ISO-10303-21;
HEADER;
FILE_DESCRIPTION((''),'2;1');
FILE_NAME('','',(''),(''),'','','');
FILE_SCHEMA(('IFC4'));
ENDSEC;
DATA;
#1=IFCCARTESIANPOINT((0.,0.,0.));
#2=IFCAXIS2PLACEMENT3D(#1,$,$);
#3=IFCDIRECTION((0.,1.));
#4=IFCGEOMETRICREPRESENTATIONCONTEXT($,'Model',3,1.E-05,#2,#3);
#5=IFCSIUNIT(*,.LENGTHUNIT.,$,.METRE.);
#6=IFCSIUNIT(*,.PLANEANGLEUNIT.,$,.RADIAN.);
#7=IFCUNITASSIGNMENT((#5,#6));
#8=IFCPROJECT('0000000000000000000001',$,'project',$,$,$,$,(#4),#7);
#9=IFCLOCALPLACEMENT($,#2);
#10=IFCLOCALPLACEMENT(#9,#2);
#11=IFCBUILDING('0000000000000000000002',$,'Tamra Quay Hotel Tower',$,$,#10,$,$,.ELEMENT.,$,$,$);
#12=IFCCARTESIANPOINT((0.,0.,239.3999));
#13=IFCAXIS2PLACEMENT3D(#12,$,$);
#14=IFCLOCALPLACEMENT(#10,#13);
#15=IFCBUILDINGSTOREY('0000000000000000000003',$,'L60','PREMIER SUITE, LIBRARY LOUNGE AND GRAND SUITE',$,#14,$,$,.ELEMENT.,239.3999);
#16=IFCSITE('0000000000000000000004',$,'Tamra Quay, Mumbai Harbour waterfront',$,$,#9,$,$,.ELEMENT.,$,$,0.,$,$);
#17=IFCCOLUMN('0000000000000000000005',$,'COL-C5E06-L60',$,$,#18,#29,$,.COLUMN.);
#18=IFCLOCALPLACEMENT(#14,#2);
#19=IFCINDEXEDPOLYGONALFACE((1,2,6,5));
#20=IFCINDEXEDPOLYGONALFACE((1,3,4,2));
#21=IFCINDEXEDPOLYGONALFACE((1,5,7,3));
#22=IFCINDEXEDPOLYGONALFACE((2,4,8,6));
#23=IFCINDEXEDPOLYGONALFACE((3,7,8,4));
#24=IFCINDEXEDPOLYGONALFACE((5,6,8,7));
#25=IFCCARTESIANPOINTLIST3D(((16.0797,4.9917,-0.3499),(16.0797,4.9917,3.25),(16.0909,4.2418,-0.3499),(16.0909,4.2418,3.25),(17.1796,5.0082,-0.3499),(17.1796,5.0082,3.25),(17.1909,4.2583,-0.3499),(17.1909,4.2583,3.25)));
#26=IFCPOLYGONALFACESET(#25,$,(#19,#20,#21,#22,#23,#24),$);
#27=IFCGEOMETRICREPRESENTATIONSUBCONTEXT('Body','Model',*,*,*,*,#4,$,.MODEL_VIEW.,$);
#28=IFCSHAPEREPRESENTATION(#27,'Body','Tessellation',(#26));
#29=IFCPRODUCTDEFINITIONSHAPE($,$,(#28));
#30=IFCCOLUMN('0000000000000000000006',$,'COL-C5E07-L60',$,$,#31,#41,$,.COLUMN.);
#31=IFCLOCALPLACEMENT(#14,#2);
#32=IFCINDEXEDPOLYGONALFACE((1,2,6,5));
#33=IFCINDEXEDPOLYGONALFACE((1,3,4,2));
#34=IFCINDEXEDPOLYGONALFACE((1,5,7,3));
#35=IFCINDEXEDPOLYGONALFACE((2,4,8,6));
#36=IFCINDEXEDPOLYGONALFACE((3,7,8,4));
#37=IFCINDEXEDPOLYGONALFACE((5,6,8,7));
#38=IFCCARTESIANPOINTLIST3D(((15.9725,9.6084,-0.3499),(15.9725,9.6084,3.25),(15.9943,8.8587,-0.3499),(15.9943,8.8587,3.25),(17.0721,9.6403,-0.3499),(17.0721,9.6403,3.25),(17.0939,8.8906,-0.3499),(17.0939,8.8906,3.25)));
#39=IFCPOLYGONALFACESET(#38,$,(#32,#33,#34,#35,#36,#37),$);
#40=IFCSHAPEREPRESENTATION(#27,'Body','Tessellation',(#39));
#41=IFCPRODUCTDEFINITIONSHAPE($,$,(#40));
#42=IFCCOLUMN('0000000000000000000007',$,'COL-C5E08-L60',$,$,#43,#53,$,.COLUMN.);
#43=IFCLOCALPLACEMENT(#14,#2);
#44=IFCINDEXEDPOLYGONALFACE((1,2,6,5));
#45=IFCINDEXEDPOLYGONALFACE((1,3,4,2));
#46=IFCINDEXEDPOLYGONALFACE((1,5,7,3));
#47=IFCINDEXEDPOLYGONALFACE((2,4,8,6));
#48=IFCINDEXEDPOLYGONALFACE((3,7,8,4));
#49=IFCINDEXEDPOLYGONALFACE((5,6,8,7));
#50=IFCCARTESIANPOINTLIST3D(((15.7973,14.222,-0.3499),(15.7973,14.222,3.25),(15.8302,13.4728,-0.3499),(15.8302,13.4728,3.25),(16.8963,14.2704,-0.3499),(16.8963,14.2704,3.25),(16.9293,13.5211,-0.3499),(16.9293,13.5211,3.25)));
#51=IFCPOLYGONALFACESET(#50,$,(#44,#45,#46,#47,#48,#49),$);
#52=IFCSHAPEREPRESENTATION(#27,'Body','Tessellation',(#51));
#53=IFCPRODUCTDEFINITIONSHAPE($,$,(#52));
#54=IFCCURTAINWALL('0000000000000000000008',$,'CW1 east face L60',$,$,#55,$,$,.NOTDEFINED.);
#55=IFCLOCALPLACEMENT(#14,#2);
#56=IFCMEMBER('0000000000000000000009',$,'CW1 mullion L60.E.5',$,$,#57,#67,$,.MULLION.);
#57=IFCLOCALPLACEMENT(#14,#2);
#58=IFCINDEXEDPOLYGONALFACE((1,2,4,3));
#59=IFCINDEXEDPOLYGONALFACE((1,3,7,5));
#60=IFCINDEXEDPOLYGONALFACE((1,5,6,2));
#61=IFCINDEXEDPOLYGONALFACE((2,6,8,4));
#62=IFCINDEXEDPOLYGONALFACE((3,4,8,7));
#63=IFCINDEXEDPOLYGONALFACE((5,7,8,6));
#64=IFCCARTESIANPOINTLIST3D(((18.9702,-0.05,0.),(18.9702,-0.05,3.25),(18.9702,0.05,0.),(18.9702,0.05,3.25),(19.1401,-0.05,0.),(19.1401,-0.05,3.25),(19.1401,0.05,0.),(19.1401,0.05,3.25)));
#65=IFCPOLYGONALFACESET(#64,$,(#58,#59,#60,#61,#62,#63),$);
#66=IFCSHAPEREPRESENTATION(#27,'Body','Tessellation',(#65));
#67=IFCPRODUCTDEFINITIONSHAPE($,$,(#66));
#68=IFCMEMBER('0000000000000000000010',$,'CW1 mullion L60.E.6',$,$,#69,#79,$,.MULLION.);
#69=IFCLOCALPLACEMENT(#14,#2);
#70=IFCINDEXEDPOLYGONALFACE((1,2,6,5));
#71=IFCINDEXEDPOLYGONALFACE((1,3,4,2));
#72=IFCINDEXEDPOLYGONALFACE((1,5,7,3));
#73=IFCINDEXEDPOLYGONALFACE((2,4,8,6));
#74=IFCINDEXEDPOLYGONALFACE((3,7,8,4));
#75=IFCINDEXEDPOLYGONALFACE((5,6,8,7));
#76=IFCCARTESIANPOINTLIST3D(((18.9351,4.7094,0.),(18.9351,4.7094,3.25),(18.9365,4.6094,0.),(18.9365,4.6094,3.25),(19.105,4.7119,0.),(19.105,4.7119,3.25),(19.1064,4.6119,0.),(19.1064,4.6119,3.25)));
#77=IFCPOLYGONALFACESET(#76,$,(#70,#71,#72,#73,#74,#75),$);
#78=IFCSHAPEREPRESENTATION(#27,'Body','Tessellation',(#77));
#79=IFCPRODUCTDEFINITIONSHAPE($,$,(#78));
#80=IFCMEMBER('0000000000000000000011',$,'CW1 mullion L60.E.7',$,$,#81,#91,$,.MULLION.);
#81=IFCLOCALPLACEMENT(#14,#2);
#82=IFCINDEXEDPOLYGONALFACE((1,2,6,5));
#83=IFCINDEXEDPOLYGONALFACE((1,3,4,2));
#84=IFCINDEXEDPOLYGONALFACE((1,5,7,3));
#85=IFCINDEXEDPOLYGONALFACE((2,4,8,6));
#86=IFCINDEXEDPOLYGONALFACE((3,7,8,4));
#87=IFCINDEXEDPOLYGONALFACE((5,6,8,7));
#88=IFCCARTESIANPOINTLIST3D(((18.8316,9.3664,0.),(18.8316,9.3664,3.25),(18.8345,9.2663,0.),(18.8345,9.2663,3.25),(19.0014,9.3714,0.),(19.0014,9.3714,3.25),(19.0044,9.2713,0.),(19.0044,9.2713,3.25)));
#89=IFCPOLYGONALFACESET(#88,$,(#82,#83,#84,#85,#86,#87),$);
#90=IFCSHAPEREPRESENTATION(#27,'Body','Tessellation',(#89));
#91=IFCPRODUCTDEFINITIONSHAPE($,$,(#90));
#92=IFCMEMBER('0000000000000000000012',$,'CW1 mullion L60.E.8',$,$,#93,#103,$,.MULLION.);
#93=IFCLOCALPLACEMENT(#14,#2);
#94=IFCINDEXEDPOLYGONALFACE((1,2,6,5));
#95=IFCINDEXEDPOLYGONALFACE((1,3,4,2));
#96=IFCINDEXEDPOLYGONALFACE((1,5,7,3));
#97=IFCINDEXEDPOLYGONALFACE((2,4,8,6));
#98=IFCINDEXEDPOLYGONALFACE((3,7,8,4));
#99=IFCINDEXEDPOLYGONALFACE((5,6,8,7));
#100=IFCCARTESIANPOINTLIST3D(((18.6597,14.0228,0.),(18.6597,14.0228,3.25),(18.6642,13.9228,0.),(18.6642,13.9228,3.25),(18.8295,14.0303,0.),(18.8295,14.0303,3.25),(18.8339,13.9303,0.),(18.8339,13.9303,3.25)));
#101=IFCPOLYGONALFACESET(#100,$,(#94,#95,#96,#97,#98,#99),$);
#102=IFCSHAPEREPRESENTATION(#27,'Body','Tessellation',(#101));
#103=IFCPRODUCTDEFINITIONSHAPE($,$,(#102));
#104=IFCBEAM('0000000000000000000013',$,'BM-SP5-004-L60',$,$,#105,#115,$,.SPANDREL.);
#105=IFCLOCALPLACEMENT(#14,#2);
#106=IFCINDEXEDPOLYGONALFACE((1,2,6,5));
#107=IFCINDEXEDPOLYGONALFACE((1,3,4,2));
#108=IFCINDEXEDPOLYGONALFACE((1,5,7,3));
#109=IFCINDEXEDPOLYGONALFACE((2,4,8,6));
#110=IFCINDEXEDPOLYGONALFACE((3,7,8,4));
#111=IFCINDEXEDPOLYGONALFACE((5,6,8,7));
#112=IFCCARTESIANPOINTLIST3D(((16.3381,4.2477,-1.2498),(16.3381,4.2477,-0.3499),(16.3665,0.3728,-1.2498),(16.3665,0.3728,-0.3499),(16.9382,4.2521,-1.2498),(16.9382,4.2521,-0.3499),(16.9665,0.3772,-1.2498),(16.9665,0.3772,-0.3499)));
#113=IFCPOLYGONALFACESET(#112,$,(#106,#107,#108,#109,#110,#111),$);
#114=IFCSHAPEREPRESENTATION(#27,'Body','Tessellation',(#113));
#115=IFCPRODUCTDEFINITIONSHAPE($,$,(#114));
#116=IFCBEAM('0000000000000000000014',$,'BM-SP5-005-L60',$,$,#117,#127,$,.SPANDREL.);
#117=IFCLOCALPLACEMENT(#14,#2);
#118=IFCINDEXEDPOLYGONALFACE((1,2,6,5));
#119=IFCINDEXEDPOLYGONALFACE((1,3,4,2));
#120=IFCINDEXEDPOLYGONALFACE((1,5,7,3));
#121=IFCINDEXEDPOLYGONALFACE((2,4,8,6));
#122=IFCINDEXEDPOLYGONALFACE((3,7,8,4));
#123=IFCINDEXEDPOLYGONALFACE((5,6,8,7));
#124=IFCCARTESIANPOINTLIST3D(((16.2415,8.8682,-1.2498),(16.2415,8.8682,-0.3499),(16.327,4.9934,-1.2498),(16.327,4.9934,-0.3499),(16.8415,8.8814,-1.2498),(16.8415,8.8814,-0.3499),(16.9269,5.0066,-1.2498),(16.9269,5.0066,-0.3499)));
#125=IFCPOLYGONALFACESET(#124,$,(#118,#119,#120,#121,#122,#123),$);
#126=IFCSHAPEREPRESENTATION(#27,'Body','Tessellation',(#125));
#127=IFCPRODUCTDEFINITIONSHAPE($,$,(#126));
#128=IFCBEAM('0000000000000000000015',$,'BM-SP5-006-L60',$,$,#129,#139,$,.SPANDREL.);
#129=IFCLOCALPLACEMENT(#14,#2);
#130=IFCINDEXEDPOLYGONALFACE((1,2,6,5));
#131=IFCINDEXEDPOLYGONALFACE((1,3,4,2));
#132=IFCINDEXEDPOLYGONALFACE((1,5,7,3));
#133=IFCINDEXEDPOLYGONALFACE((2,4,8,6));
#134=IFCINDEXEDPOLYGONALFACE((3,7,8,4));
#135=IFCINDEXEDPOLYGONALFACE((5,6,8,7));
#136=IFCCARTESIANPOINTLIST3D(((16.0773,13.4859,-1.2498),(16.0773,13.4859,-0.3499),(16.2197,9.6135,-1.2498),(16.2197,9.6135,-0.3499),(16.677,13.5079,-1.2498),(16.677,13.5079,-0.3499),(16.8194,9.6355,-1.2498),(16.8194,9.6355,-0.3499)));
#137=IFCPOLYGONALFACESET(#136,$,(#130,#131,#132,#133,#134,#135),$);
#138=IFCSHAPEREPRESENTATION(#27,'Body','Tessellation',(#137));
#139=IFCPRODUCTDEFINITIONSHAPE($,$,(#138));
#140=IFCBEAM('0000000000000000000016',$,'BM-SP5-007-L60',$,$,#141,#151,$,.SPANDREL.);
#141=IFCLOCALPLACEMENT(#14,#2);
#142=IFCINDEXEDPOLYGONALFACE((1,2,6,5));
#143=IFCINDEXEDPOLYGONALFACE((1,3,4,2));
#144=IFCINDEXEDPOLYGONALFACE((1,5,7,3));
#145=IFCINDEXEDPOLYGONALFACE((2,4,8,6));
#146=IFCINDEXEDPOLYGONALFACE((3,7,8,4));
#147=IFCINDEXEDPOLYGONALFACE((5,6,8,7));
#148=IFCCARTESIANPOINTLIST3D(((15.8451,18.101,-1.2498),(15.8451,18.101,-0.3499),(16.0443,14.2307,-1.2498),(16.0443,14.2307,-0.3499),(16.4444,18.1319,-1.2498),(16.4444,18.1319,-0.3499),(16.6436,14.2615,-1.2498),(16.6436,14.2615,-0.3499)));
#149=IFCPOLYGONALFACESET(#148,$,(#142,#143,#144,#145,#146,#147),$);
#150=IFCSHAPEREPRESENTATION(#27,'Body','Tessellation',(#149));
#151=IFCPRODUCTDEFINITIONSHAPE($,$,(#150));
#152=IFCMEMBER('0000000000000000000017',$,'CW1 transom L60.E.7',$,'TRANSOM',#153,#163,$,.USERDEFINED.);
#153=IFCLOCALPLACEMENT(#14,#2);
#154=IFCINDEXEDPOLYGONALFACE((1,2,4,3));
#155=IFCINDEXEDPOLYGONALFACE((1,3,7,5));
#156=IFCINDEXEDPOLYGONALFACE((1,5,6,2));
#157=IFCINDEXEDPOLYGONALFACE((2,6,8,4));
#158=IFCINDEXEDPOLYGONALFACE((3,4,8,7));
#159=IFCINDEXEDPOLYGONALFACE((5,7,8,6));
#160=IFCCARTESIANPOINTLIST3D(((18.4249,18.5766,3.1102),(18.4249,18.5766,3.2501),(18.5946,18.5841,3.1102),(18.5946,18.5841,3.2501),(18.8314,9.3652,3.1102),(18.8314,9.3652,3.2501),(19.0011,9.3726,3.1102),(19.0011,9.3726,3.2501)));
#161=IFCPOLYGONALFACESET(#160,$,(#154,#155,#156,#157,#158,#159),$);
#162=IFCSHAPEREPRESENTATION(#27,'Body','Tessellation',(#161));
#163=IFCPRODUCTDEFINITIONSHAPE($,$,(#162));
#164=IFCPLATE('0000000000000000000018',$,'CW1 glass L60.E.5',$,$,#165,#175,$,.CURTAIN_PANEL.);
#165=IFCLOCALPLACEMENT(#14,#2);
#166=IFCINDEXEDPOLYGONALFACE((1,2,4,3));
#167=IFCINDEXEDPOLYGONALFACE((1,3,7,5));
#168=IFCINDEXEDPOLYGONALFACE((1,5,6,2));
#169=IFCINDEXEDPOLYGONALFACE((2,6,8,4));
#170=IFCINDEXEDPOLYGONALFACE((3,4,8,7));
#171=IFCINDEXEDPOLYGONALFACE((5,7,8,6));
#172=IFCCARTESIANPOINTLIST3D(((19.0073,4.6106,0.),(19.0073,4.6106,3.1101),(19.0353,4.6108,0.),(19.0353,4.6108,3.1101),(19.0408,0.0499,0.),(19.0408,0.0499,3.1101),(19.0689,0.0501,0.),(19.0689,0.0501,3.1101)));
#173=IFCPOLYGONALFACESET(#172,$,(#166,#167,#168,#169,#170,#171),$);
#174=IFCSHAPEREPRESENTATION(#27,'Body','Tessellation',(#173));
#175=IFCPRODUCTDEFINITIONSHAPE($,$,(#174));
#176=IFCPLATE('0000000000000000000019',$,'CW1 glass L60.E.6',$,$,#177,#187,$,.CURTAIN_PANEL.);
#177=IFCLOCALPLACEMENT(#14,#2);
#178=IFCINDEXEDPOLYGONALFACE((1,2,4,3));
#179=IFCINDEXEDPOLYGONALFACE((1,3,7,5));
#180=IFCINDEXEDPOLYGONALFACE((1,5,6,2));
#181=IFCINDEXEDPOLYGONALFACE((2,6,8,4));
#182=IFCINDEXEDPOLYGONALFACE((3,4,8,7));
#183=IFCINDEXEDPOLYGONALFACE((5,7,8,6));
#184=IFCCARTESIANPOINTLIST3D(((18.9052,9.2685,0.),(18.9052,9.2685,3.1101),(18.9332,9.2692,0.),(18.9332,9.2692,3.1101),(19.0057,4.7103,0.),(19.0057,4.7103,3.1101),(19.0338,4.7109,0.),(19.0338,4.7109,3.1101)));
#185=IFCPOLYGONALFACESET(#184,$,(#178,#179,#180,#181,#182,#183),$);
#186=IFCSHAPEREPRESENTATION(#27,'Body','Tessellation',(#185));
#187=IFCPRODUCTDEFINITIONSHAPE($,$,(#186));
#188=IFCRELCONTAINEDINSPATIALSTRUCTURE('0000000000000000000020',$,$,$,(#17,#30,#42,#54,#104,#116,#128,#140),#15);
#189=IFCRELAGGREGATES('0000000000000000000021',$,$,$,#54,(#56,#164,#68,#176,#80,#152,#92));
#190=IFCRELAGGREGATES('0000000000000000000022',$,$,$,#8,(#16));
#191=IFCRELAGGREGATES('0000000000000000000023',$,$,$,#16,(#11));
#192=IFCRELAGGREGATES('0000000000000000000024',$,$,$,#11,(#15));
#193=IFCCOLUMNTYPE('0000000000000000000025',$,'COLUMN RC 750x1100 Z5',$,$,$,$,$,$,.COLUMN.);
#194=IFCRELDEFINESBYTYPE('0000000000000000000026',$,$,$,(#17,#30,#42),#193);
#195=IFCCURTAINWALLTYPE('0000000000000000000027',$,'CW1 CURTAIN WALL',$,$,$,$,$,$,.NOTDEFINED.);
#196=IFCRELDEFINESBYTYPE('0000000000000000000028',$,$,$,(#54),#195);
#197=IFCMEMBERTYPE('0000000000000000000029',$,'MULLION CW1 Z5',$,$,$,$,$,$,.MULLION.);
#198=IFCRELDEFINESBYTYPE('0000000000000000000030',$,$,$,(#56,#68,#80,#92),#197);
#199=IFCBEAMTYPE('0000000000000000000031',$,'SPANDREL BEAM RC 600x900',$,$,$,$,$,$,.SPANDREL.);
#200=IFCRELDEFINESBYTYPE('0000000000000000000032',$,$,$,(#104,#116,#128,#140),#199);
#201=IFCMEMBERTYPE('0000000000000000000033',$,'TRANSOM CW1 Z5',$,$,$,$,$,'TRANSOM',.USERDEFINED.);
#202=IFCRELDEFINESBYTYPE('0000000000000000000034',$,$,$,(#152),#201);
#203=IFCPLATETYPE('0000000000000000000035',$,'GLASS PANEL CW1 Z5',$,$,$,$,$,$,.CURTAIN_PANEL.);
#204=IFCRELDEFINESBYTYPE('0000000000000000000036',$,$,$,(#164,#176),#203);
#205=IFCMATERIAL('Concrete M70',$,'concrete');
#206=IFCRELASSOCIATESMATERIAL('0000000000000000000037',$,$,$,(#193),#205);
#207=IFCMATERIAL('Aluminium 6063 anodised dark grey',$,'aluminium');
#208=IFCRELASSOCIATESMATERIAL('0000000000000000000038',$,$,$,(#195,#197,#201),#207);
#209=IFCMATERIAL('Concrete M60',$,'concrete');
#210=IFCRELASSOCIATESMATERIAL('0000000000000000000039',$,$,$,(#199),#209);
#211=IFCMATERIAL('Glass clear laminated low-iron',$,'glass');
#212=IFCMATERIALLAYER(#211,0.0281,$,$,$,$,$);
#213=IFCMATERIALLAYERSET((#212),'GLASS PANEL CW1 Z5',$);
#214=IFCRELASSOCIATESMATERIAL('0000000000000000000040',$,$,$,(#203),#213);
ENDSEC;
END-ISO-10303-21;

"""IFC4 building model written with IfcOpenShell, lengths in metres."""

from ifc_helpers import new_model, si_unit, direction, frame, origin, origin_2d, place, context, subcontext, project, spatial, rectangle, extrude, material, layer, layer_set, material_profile, profile_set, type_object, element, aggregate, save


model = new_model("IFC4")

# Units and contexts
model_context = context("Model", 3, precision=1e-05, world=origin(), true_north=direction((0.0, 1.0)))
body_context = subcontext(model_context, "Body", "Model", "MODEL_VIEW")
ifc_project = project(units=[si_unit("LENGTHUNIT", "METRE"), si_unit("PLANEANGLEUNIT", "RADIAN")], contexts=[model_context])

# Site, building, storey
site_placement = place(None, origin())
site = spatial("IfcSite", under=ifc_project, at=site_placement, Name="Tamra Quay, Mumbai Harbour waterfront", CompositionType="ELEMENT", RefElevation=0.0)
building_placement = place(site_placement, origin())
building = spatial("IfcBuilding", under=site, at=building_placement, Name="Tamra Quay Hotel Tower", CompositionType="ELEMENT")
storey_placement = place(building_placement, frame((0.0, 0.0, 239.3999)))
storey = spatial("IfcBuildingStorey", under=building, at=storey_placement, Name="L60", Description="PREMIER SUITE, LIBRARY LOUNGE AND GRAND SUITE", CompositionType="ELEMENT", Elevation=239.3999)

# Columns
ifc_material_1 = material(Name="Concrete M70", Category="concrete")
ifc_material_profile_1 = material_profile(ifc_material_1, rectangle(XDim=1.1001, YDim=0.75, at=origin_2d()), Name="COLUMN RC 750x1100 Z5")
ifc_profile_set_1 = profile_set([ifc_material_profile_1], Name="Concrete M70")
column_type = type_object("IfcColumnType", Name="COLUMN RC 750x1100 Z5", PredefinedType="COLUMN", material=ifc_profile_set_1)
for number, where, z_axis, x_axis, name in (
    (1, (16.6353, 4.625, -0.3499), (0.0, 0.0, 1.0), (0.999888, 0.014959, 0.0), "COL-C5E06-L60"),
    (2, (16.5332, 9.2495, -0.3499), (0.0, 0.0, 1.0), (0.999579, 0.029028, 0.0), "COL-C5E07-L60"),
    (3, (16.3633, 13.8716, -0.3499), (0.0, 0.0, 1.0), (0.999033, 0.043958, 0.0), "COL-C5E08-L60"),
):
    element("IfcColumn", number, at=place(storey_placement, frame(where, z_axis=z_axis, x_axis=x_axis)), inside=storey, type_object=column_type, Name=name, PredefinedType="COLUMN", context=body_context, shape_type="SweptSolid", body=[
        extrude(rectangle(XDim=1.1001, YDim=0.75, at=origin_2d()), origin(), (0.0, 0.0, 1.0), 3.5999),
    ])

# Curtain wall, members
ifc_material_2 = material(Name="Aluminium 6063 anodised dark grey", Category="aluminium")
curtain_wall_type = type_object("IfcCurtainWallType", Name="CW1 CURTAIN WALL", PredefinedType="NOTDEFINED", material=ifc_material_2)
curtain_wall_placement = place(storey_placement, origin())
curtain_wall = element("IfcCurtainWall", 4, at=curtain_wall_placement, inside=storey, type_object=curtain_wall_type, Name="CW1 east face L60", PredefinedType="NOTDEFINED")
ifc_material_profile_2 = material_profile(ifc_material_2, rectangle(XDim=0.1699, YDim=0.1001, at=origin_2d()), Name="MULLION 100X170")
ifc_profile_set_2 = profile_set([ifc_material_profile_2], Name="Aluminium 6063 anodised dark grey")
member_type_1 = type_object("IfcMemberType", Name="MULLION CW1 Z5", PredefinedType="MULLION", material=ifc_profile_set_2)
member_1_placement = place(storey_placement, frame((19.0552, 0.0, 0.0), z_axis=(0.0, 0.0, 1.0), x_axis=(1.0, 0.0, 0.0)))
member_1 = element("IfcMember", 5, at=member_1_placement, type_object=member_type_1, Name="CW1 mullion L60.E.5", PredefinedType="MULLION", context=body_context, shape_type="SweptSolid", body=[
    extrude(rectangle(XDim=0.1699, YDim=0.1001, at=origin_2d()), origin(), (0.0, 0.0, 1.0), 3.25),
])
member_2_placement = place(storey_placement, frame((19.0208, 4.6606, 0.0), z_axis=(0.0, 0.0, 1.0), x_axis=(0.999892, 0.014713, 0.0)))
member_2 = element("IfcMember", 6, at=member_2_placement, type_object=member_type_1, Name="CW1 mullion L60.E.6", PredefinedType="MULLION", context=body_context, shape_type="SweptSolid", body=[
    extrude(rectangle(XDim=0.1699, YDim=0.1001, at=origin_2d()), origin(), (0.0, 0.0, 1.0), 3.25),
])
member_3_placement = place(storey_placement, frame((18.918, 9.3188, 0.0), z_axis=(0.0, 0.0, 1.0), x_axis=(0.999568, 0.029404, 0.0)))
member_3 = element("IfcMember", 7, at=member_3_placement, type_object=member_type_1, Name="CW1 mullion L60.E.7", PredefinedType="MULLION", context=body_context, shape_type="SweptSolid", body=[
    extrude(rectangle(XDim=0.1699, YDim=0.1001, at=origin_2d()), origin(), (0.0, 0.0, 1.0), 3.25),
])
member_4_placement = place(storey_placement, frame((18.7468, 13.9766, 0.0), z_axis=(0.0, 0.0, 1.0), x_axis=(0.999028, 0.044075, 0.0)))
member_4 = element("IfcMember", 8, at=member_4_placement, type_object=member_type_1, Name="CW1 mullion L60.E.8", PredefinedType="MULLION", context=body_context, shape_type="SweptSolid", body=[
    extrude(rectangle(XDim=0.1699, YDim=0.1001, at=origin_2d()), origin(), (0.0, 0.0, 1.0), 3.25),
])

# Beams
ifc_material_3 = material(Name="Concrete M60", Category="concrete")
ifc_material_profile_3 = material_profile(ifc_material_3, rectangle(XDim=0.6001, YDim=0.8999, at=origin_2d()), Name="SPANDREL BEAM RC 600x900")
ifc_profile_set_3 = profile_set([ifc_material_profile_3], Name="Concrete M60")
beam_type = type_object("IfcBeamType", Name="SPANDREL BEAM RC 600x900", PredefinedType="SPANDREL", material=ifc_profile_set_3)
beam_1_placement = place(storey_placement, frame((16.6665, 0.375, -0.7998), z_axis=(-0.007308, 0.999973, 0.0), x_axis=(-0.999973, -0.007308, 0.0)))
element("IfcBeam", 9, at=beam_1_placement, inside=storey, type_object=beam_type, Name="BM-SP5-004-L60", PredefinedType="SPANDREL", context=body_context, shape_type="SweptSolid", body=[
    extrude(rectangle(XDim=0.6001, YDim=0.8999, at=origin_2d()), origin(), (0.0, 0.0, 1.0), 3.875),
])
beam_2_placement = place(storey_placement, frame((16.627, 5.0, -0.7998), z_axis=(-0.022047, 0.999757, 0.0), x_axis=(-0.999757, -0.022047, 0.0)))
element("IfcBeam", 10, at=beam_2_placement, inside=storey, type_object=beam_type, Name="BM-SP5-005-L60", PredefinedType="SPANDREL", context=body_context, shape_type="SweptSolid", body=[
    extrude(rectangle(XDim=0.6001, YDim=0.8999, at=origin_2d()), origin(), (0.0, 0.0, 1.0), 3.8757),
])
beam_3_placement = place(storey_placement, frame((16.5195, 9.6245, -0.7998), z_axis=(-0.036732, 0.999325, 0.0), x_axis=(-0.999325, -0.036732, 0.0)))
element("IfcBeam", 11, at=beam_3_placement, inside=storey, type_object=beam_type, Name="BM-SP5-006-L60", PredefinedType="SPANDREL", context=body_context, shape_type="SweptSolid", body=[
    extrude(rectangle(XDim=0.6001, YDim=0.8999, at=origin_2d()), origin(), (0.0, 0.0, 1.0), 3.875),
])
beam_4_placement = place(storey_placement, frame((16.344, 14.2461, -0.7998), z_axis=(-0.051405, 0.998678, 0.0), x_axis=(-0.998678, -0.051405, 0.0)))
element("IfcBeam", 12, at=beam_4_placement, inside=storey, type_object=beam_type, Name="BM-SP5-007-L60", PredefinedType="SPANDREL", context=body_context, shape_type="SweptSolid", body=[
    extrude(rectangle(XDim=0.6001, YDim=0.8999, at=origin_2d()), origin(), (0.0, 0.0, 1.0), 3.8755),
])

# Member
ifc_material_profile_4 = material_profile(ifc_material_2, rectangle(XDim=0.1699, YDim=0.1399, at=origin_2d()), Name="TRANSOM 170X140")
ifc_profile_set_4 = profile_set([ifc_material_profile_4], Name="Aluminium 6063 anodised dark grey")
member_type_2 = type_object("IfcMemberType", Name="TRANSOM CW1 Z5", ElementType="TRANSOM", PredefinedType="USERDEFINED", material=ifc_profile_set_4)
member_5_placement = place(storey_placement, frame((18.9163, 9.3689, 3.1802), z_axis=(-0.044086, 0.999028, 0.0), x_axis=(-0.999028, -0.044086, 0.0)))
member_5 = element("IfcMember", 13, at=member_5_placement, type_object=member_type_2, Name="CW1 transom L60.E.7", ObjectType="TRANSOM", PredefinedType="USERDEFINED", context=body_context, shape_type="SweptSolid", body=[
    extrude(rectangle(XDim=0.1699, YDim=0.1399, at=origin_2d()), origin(), (0.0, 0.0, 1.0), 9.2205),
])

# Plates
ifc_material_4 = material(Name="Glass clear laminated low-iron", Category="glass")
ifc_layer_1 = layer(ifc_material_4, 0.0281)
ifc_layer_set_1 = layer_set([ifc_layer_1], Name="GLASS PANEL CW1 Z5")
plate_type = type_object("IfcPlateType", Name="GLASS PANEL CW1 Z5", PredefinedType="CURTAIN_PANEL", material=ifc_layer_set_1)
plate_1_placement = place(storey_placement, frame((19.0381, 2.3303, 0.0), z_axis=(0.0, 0.0, 1.0), x_axis=(-0.007362, 0.999973, 0.0)))
plate_1 = element("IfcPlate", 14, at=plate_1_placement, type_object=plate_type, Name="CW1 glass L60.E.5", PredefinedType="CURTAIN_PANEL", context=body_context, shape_type="SweptSolid", body=[
    extrude(rectangle(XDim=4.5608, YDim=0.0281, at=origin_2d()), origin(), (0.0, 0.0, 1.0), 3.1101),
])
plate_2_placement = place(storey_placement, frame((18.9695, 6.9897, 0.0), z_axis=(0.0, 0.0, 1.0), x_axis=(-0.022063, 0.999757, 0.0)))
plate_2 = element("IfcPlate", 15, at=plate_2_placement, type_object=plate_type, Name="CW1 glass L60.E.6", PredefinedType="CURTAIN_PANEL", context=body_context, shape_type="SweptSolid", body=[
    extrude(rectangle(XDim=4.5593, YDim=0.0281, at=origin_2d()), origin(), (0.0, 0.0, 1.0), 3.1101),
])
aggregate(curtain_wall, [member_1, plate_1, member_2, plate_2, member_3, member_5, member_4])

save(model, "model.ifc")
